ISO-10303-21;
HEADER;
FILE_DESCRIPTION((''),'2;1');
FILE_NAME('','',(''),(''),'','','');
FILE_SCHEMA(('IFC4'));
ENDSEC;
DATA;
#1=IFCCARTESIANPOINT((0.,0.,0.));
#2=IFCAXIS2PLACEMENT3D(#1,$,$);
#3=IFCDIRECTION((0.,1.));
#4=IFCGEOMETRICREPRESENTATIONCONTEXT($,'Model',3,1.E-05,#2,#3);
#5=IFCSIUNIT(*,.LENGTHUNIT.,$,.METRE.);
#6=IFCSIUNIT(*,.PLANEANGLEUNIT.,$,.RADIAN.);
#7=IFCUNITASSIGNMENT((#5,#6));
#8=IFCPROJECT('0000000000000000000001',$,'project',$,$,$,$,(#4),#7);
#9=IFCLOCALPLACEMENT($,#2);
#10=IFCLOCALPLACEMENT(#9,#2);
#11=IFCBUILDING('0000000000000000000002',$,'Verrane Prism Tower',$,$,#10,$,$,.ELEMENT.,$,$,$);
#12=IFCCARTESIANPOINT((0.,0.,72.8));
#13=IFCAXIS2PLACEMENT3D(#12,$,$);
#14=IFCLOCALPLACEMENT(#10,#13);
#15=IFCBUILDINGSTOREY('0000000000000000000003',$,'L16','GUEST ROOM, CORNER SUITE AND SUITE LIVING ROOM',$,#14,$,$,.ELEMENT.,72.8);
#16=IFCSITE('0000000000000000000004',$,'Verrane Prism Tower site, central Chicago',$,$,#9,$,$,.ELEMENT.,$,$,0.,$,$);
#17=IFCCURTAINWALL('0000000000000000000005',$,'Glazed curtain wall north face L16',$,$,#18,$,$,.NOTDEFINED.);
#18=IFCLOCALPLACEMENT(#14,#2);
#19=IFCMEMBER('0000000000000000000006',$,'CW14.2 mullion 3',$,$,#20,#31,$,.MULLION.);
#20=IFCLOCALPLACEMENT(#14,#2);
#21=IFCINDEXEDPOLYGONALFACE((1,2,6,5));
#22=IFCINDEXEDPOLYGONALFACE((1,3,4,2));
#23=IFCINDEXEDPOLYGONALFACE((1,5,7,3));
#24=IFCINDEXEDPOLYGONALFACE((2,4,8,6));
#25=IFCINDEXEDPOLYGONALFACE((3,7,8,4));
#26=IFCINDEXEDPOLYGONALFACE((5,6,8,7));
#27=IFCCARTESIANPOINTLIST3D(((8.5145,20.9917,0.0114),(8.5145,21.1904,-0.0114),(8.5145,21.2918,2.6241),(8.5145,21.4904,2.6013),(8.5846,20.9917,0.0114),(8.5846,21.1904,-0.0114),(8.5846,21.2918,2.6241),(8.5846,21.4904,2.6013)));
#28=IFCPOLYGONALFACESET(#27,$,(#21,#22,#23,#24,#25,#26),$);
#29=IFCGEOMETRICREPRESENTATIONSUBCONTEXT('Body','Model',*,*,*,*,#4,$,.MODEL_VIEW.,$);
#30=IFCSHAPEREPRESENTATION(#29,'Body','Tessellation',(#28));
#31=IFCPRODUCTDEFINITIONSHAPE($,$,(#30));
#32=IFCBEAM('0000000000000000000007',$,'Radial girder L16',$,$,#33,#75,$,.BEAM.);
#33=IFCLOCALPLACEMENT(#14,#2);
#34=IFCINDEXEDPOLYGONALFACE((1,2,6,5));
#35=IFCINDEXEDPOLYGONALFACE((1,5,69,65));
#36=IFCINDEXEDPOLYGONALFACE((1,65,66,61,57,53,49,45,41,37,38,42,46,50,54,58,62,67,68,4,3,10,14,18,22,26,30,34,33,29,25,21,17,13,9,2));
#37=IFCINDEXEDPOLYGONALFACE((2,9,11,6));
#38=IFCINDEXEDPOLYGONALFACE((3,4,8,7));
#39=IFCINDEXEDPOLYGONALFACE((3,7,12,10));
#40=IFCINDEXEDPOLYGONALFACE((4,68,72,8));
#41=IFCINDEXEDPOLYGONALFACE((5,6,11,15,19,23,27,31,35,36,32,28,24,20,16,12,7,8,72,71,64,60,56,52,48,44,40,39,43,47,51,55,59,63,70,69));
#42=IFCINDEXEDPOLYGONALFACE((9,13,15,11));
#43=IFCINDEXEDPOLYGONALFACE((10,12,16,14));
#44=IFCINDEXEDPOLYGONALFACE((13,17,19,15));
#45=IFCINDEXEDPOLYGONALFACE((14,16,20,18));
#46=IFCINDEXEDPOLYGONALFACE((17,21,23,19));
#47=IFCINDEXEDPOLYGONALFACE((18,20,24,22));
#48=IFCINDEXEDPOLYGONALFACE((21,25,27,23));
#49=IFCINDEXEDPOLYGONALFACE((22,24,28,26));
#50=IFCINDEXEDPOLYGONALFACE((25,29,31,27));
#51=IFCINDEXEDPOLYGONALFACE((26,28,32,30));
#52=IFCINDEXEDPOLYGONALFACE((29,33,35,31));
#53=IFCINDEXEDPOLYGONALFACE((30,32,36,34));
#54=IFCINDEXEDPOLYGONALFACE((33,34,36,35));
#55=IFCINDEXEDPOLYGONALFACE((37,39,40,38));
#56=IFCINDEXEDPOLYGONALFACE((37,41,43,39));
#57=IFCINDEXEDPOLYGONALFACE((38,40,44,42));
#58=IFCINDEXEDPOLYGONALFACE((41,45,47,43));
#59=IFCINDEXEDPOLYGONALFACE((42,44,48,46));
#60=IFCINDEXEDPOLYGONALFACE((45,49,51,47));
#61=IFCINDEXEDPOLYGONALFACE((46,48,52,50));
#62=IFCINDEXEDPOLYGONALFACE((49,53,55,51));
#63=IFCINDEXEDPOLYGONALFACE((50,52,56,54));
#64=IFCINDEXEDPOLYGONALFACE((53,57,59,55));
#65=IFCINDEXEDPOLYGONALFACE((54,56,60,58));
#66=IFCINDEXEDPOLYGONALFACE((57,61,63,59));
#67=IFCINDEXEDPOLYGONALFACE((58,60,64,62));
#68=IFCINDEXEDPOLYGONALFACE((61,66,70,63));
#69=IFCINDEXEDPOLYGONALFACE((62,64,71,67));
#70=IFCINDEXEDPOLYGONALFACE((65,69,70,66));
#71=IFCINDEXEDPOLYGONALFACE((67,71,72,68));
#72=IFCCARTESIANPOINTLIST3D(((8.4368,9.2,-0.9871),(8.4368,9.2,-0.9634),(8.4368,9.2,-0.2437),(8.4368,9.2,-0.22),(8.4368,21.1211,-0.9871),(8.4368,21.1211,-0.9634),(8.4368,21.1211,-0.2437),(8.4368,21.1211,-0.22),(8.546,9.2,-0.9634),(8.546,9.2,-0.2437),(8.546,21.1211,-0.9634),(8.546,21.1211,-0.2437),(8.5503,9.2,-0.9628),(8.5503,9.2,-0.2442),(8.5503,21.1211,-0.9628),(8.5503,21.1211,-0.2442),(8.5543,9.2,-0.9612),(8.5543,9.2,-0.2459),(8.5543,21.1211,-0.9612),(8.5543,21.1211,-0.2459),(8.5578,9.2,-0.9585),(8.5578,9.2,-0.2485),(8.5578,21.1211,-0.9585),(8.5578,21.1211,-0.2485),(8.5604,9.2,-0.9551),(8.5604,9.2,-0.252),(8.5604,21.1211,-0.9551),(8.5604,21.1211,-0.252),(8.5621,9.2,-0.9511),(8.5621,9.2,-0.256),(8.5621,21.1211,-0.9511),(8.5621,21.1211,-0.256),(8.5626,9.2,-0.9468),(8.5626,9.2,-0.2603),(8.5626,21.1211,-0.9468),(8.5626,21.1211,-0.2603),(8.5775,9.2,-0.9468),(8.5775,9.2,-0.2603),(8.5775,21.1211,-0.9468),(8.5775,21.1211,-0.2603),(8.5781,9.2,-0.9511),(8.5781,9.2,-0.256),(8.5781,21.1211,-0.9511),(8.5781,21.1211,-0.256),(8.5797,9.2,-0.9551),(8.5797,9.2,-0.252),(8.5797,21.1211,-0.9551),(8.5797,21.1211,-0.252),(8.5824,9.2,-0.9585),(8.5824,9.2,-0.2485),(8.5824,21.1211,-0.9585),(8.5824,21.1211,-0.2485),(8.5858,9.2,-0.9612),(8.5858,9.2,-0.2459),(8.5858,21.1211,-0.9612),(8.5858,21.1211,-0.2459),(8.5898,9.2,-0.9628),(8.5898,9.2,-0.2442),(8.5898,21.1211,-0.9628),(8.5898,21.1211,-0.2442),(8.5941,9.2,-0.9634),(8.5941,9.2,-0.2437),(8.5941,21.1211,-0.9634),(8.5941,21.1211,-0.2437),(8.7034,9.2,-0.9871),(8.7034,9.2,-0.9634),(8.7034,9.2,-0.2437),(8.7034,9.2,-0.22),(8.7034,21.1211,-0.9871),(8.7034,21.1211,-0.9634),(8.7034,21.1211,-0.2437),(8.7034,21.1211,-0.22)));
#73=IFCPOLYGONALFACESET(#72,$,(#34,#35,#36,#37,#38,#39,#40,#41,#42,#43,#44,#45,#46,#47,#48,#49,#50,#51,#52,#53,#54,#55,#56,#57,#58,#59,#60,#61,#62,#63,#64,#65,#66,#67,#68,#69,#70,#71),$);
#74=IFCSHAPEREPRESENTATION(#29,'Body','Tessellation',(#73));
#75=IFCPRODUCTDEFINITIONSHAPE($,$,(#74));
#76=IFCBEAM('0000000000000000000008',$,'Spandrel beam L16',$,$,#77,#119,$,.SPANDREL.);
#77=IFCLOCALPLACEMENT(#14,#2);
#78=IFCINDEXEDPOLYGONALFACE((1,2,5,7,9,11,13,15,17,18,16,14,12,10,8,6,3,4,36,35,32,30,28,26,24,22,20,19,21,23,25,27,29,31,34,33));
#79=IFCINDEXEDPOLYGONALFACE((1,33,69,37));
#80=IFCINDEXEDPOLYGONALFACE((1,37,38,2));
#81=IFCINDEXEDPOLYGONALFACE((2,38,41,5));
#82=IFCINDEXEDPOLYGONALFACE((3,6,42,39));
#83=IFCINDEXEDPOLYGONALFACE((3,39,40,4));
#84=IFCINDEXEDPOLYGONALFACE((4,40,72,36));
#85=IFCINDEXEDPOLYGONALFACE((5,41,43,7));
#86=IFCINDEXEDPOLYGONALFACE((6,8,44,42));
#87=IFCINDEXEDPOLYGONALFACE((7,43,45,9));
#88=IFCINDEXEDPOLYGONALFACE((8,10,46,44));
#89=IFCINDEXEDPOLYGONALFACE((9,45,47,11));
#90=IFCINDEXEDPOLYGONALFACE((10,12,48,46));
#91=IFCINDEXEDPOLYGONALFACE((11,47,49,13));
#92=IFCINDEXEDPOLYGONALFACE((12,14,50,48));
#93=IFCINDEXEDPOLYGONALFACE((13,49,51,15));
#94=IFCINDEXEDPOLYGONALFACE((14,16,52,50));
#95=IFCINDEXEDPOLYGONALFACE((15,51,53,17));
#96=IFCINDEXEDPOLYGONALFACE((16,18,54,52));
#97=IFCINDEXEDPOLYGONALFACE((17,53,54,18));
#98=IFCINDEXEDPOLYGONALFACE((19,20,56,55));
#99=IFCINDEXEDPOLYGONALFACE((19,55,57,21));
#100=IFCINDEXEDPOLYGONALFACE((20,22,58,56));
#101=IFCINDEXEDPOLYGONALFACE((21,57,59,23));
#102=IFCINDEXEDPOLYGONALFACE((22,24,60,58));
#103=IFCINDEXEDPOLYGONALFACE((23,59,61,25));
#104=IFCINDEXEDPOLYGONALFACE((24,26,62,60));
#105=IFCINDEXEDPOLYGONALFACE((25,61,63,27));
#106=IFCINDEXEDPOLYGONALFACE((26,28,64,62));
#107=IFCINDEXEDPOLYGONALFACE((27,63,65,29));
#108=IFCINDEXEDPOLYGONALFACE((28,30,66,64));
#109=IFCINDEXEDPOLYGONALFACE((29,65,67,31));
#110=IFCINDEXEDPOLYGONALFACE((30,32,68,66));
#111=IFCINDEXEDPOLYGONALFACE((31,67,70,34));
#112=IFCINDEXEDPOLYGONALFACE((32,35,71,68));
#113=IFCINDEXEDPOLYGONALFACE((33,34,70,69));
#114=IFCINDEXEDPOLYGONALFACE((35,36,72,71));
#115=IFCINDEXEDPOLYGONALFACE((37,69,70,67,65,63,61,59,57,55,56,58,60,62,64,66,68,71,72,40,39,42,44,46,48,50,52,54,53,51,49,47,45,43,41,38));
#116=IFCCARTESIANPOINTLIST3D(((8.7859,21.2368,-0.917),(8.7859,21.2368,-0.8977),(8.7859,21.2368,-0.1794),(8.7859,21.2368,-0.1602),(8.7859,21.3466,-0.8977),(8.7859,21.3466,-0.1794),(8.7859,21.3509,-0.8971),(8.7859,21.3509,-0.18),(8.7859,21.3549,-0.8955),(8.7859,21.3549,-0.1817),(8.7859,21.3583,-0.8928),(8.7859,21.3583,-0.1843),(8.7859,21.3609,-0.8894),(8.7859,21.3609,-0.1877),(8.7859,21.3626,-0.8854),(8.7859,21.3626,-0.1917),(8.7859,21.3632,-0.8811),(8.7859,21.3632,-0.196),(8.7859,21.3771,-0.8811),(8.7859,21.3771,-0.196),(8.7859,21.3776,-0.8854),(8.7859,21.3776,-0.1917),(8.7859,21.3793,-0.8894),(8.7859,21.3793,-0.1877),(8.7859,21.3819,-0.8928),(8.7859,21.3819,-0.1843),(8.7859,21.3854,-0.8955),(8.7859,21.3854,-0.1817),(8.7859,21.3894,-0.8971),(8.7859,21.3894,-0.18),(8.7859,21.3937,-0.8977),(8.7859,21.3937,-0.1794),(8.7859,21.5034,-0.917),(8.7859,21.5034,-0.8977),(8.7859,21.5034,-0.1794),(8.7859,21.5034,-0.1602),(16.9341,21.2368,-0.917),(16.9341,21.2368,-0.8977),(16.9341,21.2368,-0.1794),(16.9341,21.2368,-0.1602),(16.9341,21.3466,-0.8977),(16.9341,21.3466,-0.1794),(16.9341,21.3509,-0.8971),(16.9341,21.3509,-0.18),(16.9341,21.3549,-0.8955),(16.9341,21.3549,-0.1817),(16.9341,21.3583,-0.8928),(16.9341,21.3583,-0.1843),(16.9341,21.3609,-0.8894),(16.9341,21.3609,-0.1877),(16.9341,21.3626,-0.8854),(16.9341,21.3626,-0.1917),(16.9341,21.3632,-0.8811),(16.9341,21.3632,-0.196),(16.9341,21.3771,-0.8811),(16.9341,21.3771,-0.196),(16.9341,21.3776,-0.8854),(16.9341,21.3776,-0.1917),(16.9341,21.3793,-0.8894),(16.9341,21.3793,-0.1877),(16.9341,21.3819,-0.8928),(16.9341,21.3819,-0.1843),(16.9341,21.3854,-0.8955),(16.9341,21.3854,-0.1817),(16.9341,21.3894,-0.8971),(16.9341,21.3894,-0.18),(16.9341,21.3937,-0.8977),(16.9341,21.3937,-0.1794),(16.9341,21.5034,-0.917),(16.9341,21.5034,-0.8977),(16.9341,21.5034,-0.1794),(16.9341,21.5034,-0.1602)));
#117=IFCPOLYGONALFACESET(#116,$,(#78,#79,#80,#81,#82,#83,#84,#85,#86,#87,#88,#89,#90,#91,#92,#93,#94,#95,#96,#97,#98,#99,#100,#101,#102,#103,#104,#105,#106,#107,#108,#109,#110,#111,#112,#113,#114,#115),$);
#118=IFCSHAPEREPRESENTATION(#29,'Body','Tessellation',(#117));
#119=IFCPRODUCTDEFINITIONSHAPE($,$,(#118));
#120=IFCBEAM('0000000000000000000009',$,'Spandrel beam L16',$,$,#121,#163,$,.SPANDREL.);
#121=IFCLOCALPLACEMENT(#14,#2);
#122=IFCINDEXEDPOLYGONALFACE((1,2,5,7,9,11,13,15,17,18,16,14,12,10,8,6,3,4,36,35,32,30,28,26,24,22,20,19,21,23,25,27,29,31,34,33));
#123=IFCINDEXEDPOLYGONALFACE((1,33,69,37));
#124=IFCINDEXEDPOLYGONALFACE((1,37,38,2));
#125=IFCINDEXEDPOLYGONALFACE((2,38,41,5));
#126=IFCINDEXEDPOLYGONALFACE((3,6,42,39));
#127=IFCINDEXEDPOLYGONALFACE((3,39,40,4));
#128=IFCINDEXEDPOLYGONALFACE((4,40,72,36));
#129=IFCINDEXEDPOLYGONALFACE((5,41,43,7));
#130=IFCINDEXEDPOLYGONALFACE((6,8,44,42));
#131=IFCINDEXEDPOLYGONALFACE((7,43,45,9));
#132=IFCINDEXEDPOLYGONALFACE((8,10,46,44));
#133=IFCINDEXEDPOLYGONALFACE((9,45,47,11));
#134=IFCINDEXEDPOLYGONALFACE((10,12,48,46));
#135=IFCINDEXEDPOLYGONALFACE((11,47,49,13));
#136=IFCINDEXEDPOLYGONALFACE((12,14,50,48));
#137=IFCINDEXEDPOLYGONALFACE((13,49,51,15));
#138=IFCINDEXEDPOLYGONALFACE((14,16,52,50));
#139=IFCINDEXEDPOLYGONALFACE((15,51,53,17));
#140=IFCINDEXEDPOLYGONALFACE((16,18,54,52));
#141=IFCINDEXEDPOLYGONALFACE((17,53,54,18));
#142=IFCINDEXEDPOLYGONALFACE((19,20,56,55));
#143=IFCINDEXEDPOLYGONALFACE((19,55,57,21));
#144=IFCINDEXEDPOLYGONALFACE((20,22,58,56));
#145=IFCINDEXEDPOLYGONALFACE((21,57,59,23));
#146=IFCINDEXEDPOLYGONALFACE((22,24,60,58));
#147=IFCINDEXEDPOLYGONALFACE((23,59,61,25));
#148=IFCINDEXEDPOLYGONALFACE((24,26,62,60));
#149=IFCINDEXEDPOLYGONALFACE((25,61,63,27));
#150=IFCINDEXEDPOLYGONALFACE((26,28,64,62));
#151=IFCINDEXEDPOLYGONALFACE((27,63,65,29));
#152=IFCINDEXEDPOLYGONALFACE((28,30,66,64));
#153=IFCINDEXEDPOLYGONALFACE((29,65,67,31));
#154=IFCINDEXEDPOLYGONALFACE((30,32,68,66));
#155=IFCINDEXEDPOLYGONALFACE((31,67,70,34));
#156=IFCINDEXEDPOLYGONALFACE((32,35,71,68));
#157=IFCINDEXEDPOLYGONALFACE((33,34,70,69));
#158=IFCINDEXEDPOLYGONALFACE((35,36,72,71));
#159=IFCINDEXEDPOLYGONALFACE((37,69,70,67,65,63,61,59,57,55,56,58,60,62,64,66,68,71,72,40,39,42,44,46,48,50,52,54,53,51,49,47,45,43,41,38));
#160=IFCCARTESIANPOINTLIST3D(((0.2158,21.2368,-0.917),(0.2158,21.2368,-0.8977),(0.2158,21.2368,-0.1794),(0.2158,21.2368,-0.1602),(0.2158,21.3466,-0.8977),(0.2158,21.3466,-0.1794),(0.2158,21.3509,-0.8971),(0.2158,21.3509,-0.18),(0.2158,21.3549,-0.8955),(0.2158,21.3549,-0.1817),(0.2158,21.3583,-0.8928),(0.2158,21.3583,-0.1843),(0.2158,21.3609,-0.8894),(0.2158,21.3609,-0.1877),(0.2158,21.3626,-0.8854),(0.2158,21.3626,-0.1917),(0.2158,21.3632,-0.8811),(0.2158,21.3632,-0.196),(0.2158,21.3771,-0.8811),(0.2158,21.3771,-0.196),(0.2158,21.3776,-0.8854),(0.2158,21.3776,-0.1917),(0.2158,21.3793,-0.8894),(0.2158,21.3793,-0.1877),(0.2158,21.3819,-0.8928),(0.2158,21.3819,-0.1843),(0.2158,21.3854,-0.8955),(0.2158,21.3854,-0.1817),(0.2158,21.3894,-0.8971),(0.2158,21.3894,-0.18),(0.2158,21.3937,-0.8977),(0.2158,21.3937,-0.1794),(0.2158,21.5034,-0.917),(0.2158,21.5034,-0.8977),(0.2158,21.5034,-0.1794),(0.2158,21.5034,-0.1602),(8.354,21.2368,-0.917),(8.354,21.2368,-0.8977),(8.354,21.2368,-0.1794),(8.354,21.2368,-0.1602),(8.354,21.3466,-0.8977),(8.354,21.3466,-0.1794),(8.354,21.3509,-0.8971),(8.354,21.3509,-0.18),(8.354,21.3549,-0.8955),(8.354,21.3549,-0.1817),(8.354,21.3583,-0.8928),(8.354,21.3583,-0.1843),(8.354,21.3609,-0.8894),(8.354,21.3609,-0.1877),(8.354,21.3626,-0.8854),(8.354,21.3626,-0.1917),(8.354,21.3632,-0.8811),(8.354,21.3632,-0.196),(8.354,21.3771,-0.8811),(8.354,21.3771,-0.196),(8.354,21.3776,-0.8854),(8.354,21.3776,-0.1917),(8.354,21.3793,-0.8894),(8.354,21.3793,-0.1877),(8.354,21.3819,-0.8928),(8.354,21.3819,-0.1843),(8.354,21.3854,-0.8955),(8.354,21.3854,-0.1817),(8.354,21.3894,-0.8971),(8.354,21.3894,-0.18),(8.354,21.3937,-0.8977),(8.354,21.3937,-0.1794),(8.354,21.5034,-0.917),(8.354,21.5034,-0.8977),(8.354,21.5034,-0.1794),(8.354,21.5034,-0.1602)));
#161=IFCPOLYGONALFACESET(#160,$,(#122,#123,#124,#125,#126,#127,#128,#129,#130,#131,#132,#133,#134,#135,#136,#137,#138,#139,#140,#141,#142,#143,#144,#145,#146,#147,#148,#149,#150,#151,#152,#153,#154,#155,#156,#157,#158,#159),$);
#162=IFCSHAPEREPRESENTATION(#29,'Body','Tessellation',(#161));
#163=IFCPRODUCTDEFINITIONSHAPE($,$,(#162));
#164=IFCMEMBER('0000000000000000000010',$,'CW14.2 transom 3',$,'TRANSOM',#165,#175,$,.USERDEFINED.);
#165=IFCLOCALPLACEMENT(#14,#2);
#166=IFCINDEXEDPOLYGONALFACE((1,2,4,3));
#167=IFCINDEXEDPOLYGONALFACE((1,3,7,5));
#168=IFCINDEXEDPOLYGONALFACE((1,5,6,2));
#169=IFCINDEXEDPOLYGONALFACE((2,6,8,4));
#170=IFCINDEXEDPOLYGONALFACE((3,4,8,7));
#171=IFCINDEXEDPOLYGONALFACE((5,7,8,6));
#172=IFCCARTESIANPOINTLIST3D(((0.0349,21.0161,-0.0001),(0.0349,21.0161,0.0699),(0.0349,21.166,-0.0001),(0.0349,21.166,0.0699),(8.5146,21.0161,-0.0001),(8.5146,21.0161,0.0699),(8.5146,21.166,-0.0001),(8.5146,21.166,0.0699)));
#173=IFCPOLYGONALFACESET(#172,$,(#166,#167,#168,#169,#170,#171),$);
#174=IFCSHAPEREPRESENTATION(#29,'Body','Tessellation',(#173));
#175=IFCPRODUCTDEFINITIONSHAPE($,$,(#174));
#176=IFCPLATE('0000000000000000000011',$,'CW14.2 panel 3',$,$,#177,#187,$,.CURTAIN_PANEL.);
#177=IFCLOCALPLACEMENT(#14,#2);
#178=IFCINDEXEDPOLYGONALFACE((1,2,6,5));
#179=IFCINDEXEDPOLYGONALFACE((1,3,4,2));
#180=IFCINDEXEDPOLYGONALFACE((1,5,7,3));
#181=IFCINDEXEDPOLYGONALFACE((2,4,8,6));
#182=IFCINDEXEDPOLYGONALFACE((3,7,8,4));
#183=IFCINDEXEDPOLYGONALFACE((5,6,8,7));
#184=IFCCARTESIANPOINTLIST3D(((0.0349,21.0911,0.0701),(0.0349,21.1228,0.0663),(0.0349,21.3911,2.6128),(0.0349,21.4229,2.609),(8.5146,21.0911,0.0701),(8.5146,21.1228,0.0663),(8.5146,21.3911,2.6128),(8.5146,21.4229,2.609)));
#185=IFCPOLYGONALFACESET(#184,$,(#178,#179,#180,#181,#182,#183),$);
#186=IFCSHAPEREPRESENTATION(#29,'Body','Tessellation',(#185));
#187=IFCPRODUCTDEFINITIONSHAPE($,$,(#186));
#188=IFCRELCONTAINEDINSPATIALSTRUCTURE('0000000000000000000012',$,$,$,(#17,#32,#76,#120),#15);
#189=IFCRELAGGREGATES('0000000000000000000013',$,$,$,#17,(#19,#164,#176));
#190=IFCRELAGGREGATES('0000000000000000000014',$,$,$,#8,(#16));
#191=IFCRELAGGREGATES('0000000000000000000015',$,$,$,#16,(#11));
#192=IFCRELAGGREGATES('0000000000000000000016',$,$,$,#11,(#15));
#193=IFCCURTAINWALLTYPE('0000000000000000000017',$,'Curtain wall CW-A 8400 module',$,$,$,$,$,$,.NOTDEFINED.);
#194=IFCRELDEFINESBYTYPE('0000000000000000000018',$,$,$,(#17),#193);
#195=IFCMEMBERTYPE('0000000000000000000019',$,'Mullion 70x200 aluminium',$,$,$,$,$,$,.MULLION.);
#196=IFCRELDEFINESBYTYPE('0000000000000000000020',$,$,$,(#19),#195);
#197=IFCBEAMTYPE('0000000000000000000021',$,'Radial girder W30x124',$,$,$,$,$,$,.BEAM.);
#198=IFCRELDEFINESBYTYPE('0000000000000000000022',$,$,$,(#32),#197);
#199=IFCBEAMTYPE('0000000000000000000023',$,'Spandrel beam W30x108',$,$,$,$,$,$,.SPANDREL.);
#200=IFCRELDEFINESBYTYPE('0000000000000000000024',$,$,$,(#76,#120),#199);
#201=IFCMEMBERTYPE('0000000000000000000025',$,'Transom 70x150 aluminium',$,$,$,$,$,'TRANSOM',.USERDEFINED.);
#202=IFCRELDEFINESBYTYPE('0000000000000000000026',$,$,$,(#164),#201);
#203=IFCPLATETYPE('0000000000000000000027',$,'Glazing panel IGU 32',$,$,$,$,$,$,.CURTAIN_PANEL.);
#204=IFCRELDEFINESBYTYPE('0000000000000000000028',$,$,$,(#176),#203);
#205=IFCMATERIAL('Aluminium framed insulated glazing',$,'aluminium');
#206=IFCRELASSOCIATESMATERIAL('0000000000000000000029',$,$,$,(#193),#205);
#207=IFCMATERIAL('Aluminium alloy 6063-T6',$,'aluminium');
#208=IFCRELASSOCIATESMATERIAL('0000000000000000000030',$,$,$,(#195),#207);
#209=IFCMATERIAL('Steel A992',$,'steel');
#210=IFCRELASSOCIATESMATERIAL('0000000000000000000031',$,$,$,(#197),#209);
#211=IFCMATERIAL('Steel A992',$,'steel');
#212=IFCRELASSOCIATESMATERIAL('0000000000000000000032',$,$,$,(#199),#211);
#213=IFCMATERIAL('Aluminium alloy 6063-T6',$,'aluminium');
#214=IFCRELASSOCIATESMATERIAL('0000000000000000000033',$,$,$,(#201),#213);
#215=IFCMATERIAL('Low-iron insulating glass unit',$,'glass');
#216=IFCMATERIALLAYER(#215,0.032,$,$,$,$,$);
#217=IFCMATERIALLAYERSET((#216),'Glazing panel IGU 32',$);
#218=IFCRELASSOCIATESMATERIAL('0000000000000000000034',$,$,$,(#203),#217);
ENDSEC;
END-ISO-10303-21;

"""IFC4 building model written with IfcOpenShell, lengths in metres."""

from ifc_helpers import new_model, si_unit, direction, frame, origin, origin_2d, place, context, subcontext, project, spatial, polyline, rectangle, i_section, outline, extrude, material, layer, layer_set, material_profile, profile_set, type_object, element, aggregate, save


model = new_model("IFC4")

# Units and contexts
model_context = context("Model", 3, precision=1e-05, world=origin(), true_north=direction((0.0, 1.0)))
body_context = subcontext(model_context, "Body", "Model", "MODEL_VIEW")
ifc_project = project(units=[si_unit("LENGTHUNIT", "METRE"), si_unit("PLANEANGLEUNIT", "RADIAN")], contexts=[model_context])

# Site, building, storey
site_placement = place(None, origin())
site = spatial("IfcSite", under=ifc_project, at=site_placement, Name="Verrane Prism Tower site, central Chicago", CompositionType="ELEMENT", RefElevation=0.0)
building_placement = place(site_placement, origin())
building = spatial("IfcBuilding", under=site, at=building_placement, Name="Verrane Prism Tower", CompositionType="ELEMENT")
storey_placement = place(building_placement, frame((0.0, 0.0, 72.8)))
storey = spatial("IfcBuildingStorey", under=building, at=storey_placement, Name="L16", Description="GUEST ROOM, CORNER SUITE AND SUITE LIVING ROOM", CompositionType="ELEMENT", Elevation=72.8)

# Curtain wall, member
ifc_material_1 = material(Name="Aluminium framed insulated glazing", Category="aluminium")
curtain_wall_type = type_object("IfcCurtainWallType", Name="Curtain wall CW-A 8400 module", PredefinedType="NOTDEFINED", material=ifc_material_1)
curtain_wall_placement = place(storey_placement, origin())
curtain_wall = element("IfcCurtainWall", 1, at=curtain_wall_placement, inside=storey, type_object=curtain_wall_type, Name="Glazed curtain wall north face L16", PredefinedType="NOTDEFINED")
ifc_material_2 = material(Name="Aluminium alloy 6063-T6", Category="aluminium")
ifc_material_profile_1 = material_profile(ifc_material_2, rectangle(XDim=0.2, YDim=0.0701, at=origin_2d()), Name="Mullion 70x200 aluminium")
ifc_profile_set_1 = profile_set([ifc_material_profile_1], Name="Aluminium alloy 6063-T6")
member_type_1 = type_object("IfcMemberType", Name="Mullion 70x200 aluminium", PredefinedType="MULLION", material=ifc_profile_set_1)
member_1_placement = place(storey_placement, frame((8.5496, 21.0911, 0.0), z_axis=(0.0, 0.114089, 0.993471), x_axis=(0.0, 0.993471, -0.114089)))
member_1 = element("IfcMember", 2, at=member_1_placement, type_object=member_type_1, Name="CW14.2 mullion 3", PredefinedType="MULLION", context=body_context, shape_type="SweptSolid", body=[
    extrude(rectangle(XDim=0.2, YDim=0.0701, at=origin_2d()), origin(), (0.0, 0.0, 1.0), 2.6299),
])

# Beams
ifc_material_3 = material(Name="Steel A992", Category="steel")
ifc_material_profile_2 = material_profile(ifc_material_3, i_section(OverallWidth=0.2666, OverallDepth=0.7671, WebThickness=0.0149, FlangeThickness=0.0237, FilletRadius=0.0166, at=origin_2d()), Name="W30x124")
ifc_profile_set_2 = profile_set([ifc_material_profile_2], Name="Steel A992")
beam_type_1 = type_object("IfcBeamType", Name="Radial girder W30x124", PredefinedType="BEAM", material=ifc_profile_set_2)
beam_1_placement = place(storey_placement, frame((8.5701, 21.1211, -0.6035), z_axis=(0.0, -1.0, 0.0), x_axis=(1.0, 0.0, 0.0)))
element("IfcBeam", 3, at=beam_1_placement, inside=storey, type_object=beam_type_1, Name="Radial girder L16", PredefinedType="BEAM", context=body_context, shape_type="SweptSolid", body=[
    extrude(i_section(OverallWidth=0.2666, OverallDepth=0.7671, WebThickness=0.0149, FlangeThickness=0.0237, FilletRadius=0.0166, at=origin_2d()), origin(), (0.0, 0.0, 1.0), 11.9211),
])
ifc_material_4 = material(Name="Steel A992", Category="steel")
ifc_material_profile_3 = material_profile(ifc_material_4, i_section(OverallWidth=0.2666, OverallDepth=0.7568, WebThickness=0.0139, FlangeThickness=0.0193, FilletRadius=0.0166, at=origin_2d()), Name="W30x108")
ifc_profile_set_3 = profile_set([ifc_material_profile_3], Name="Steel A992")
beam_type_2 = type_object("IfcBeamType", Name="Spandrel beam W30x108", PredefinedType="SPANDREL", material=ifc_profile_set_3)
beam_2_placement = place(storey_placement, frame((16.9341, 21.3701, -0.5386), z_axis=(-1.0, 0.0, 0.0), x_axis=(0.0, -1.0, 0.0)))
element("IfcBeam", 4, at=beam_2_placement, inside=storey, type_object=beam_type_2, Name="Spandrel beam L16", PredefinedType="SPANDREL", context=body_context, shape_type="SweptSolid", body=[
    extrude(i_section(OverallWidth=0.2666, OverallDepth=0.7568, WebThickness=0.0139, FlangeThickness=0.0193, FilletRadius=0.0166, at=origin_2d()), origin(), (0.0, 0.0, 1.0), 8.1482),
])
beam_3_placement = place(storey_placement, frame((8.354, 21.3701, -0.5386), z_axis=(-1.0, 0.0, 0.0), x_axis=(0.0, -1.0, 0.0)))
element("IfcBeam", 5, at=beam_3_placement, inside=storey, type_object=beam_type_2, Name="Spandrel beam L16", PredefinedType="SPANDREL", context=body_context, shape_type="SweptSolid", body=[
    extrude(i_section(OverallWidth=0.2666, OverallDepth=0.7568, WebThickness=0.0139, FlangeThickness=0.0193, FilletRadius=0.0166, at=origin_2d()), origin(), (0.0, 0.0, 1.0), 8.1382),
])

# Member
ifc_material_5 = material(Name="Aluminium alloy 6063-T6", Category="aluminium")
ifc_material_profile_4 = material_profile(ifc_material_5, rectangle(XDim=0.1499, YDim=0.0701, at=origin_2d()), Name="Transom 70x150 aluminium")
ifc_profile_set_4 = profile_set([ifc_material_profile_4], Name="Aluminium alloy 6063-T6")
member_type_2 = type_object("IfcMemberType", Name="Transom 70x150 aluminium", ElementType="TRANSOM", PredefinedType="USERDEFINED", material=ifc_profile_set_4)
member_2_placement = place(storey_placement, frame((8.5146, 21.0911, 0.0349), z_axis=(-1.0, 0.0, 0.0), x_axis=(0.0, -1.0, 0.0)))
member_2 = element("IfcMember", 6, at=member_2_placement, type_object=member_type_2, Name="CW14.2 transom 3", ObjectType="TRANSOM", PredefinedType="USERDEFINED", context=body_context, shape_type="SweptSolid", body=[
    extrude(rectangle(XDim=0.1499, YDim=0.0701, at=origin_2d()), origin(), (0.0, 0.0, 1.0), 8.4797),
])

# Plate
ifc_material_6 = material(Name="Low-iron insulating glass unit", Category="glass")
ifc_layer_1 = layer(ifc_material_6, 0.032)
ifc_layer_set_1 = layer_set([ifc_layer_1], Name="Glazing panel IGU 32")
plate_type = type_object("IfcPlateType", Name="Glazing panel IGU 32", PredefinedType="CURTAIN_PANEL", material=ifc_layer_set_1)
plate_placement = place(storey_placement, frame((8.5146, 21.0911, 0.0701), z_axis=(0.0, -0.99311, 0.11719), x_axis=(-1.0, 0.0, 0.0)))
plate = element("IfcPlate", 7, at=plate_placement, type_object=plate_type, Name="CW14.2 panel 3", PredefinedType="CURTAIN_PANEL", context=body_context, shape_type="SweptSolid", body=[
    extrude(outline(polyline([(0.0, 0.0), (8.4797, 0.0), (8.4797, -2.5604), (0.0, -2.5604), (0.0, 0.0)])), origin(), (0.0, 0.0, -1.0), 0.032),
])
aggregate(curtain_wall, [member_1, member_2, plate])

save(model, "model.ifc")
